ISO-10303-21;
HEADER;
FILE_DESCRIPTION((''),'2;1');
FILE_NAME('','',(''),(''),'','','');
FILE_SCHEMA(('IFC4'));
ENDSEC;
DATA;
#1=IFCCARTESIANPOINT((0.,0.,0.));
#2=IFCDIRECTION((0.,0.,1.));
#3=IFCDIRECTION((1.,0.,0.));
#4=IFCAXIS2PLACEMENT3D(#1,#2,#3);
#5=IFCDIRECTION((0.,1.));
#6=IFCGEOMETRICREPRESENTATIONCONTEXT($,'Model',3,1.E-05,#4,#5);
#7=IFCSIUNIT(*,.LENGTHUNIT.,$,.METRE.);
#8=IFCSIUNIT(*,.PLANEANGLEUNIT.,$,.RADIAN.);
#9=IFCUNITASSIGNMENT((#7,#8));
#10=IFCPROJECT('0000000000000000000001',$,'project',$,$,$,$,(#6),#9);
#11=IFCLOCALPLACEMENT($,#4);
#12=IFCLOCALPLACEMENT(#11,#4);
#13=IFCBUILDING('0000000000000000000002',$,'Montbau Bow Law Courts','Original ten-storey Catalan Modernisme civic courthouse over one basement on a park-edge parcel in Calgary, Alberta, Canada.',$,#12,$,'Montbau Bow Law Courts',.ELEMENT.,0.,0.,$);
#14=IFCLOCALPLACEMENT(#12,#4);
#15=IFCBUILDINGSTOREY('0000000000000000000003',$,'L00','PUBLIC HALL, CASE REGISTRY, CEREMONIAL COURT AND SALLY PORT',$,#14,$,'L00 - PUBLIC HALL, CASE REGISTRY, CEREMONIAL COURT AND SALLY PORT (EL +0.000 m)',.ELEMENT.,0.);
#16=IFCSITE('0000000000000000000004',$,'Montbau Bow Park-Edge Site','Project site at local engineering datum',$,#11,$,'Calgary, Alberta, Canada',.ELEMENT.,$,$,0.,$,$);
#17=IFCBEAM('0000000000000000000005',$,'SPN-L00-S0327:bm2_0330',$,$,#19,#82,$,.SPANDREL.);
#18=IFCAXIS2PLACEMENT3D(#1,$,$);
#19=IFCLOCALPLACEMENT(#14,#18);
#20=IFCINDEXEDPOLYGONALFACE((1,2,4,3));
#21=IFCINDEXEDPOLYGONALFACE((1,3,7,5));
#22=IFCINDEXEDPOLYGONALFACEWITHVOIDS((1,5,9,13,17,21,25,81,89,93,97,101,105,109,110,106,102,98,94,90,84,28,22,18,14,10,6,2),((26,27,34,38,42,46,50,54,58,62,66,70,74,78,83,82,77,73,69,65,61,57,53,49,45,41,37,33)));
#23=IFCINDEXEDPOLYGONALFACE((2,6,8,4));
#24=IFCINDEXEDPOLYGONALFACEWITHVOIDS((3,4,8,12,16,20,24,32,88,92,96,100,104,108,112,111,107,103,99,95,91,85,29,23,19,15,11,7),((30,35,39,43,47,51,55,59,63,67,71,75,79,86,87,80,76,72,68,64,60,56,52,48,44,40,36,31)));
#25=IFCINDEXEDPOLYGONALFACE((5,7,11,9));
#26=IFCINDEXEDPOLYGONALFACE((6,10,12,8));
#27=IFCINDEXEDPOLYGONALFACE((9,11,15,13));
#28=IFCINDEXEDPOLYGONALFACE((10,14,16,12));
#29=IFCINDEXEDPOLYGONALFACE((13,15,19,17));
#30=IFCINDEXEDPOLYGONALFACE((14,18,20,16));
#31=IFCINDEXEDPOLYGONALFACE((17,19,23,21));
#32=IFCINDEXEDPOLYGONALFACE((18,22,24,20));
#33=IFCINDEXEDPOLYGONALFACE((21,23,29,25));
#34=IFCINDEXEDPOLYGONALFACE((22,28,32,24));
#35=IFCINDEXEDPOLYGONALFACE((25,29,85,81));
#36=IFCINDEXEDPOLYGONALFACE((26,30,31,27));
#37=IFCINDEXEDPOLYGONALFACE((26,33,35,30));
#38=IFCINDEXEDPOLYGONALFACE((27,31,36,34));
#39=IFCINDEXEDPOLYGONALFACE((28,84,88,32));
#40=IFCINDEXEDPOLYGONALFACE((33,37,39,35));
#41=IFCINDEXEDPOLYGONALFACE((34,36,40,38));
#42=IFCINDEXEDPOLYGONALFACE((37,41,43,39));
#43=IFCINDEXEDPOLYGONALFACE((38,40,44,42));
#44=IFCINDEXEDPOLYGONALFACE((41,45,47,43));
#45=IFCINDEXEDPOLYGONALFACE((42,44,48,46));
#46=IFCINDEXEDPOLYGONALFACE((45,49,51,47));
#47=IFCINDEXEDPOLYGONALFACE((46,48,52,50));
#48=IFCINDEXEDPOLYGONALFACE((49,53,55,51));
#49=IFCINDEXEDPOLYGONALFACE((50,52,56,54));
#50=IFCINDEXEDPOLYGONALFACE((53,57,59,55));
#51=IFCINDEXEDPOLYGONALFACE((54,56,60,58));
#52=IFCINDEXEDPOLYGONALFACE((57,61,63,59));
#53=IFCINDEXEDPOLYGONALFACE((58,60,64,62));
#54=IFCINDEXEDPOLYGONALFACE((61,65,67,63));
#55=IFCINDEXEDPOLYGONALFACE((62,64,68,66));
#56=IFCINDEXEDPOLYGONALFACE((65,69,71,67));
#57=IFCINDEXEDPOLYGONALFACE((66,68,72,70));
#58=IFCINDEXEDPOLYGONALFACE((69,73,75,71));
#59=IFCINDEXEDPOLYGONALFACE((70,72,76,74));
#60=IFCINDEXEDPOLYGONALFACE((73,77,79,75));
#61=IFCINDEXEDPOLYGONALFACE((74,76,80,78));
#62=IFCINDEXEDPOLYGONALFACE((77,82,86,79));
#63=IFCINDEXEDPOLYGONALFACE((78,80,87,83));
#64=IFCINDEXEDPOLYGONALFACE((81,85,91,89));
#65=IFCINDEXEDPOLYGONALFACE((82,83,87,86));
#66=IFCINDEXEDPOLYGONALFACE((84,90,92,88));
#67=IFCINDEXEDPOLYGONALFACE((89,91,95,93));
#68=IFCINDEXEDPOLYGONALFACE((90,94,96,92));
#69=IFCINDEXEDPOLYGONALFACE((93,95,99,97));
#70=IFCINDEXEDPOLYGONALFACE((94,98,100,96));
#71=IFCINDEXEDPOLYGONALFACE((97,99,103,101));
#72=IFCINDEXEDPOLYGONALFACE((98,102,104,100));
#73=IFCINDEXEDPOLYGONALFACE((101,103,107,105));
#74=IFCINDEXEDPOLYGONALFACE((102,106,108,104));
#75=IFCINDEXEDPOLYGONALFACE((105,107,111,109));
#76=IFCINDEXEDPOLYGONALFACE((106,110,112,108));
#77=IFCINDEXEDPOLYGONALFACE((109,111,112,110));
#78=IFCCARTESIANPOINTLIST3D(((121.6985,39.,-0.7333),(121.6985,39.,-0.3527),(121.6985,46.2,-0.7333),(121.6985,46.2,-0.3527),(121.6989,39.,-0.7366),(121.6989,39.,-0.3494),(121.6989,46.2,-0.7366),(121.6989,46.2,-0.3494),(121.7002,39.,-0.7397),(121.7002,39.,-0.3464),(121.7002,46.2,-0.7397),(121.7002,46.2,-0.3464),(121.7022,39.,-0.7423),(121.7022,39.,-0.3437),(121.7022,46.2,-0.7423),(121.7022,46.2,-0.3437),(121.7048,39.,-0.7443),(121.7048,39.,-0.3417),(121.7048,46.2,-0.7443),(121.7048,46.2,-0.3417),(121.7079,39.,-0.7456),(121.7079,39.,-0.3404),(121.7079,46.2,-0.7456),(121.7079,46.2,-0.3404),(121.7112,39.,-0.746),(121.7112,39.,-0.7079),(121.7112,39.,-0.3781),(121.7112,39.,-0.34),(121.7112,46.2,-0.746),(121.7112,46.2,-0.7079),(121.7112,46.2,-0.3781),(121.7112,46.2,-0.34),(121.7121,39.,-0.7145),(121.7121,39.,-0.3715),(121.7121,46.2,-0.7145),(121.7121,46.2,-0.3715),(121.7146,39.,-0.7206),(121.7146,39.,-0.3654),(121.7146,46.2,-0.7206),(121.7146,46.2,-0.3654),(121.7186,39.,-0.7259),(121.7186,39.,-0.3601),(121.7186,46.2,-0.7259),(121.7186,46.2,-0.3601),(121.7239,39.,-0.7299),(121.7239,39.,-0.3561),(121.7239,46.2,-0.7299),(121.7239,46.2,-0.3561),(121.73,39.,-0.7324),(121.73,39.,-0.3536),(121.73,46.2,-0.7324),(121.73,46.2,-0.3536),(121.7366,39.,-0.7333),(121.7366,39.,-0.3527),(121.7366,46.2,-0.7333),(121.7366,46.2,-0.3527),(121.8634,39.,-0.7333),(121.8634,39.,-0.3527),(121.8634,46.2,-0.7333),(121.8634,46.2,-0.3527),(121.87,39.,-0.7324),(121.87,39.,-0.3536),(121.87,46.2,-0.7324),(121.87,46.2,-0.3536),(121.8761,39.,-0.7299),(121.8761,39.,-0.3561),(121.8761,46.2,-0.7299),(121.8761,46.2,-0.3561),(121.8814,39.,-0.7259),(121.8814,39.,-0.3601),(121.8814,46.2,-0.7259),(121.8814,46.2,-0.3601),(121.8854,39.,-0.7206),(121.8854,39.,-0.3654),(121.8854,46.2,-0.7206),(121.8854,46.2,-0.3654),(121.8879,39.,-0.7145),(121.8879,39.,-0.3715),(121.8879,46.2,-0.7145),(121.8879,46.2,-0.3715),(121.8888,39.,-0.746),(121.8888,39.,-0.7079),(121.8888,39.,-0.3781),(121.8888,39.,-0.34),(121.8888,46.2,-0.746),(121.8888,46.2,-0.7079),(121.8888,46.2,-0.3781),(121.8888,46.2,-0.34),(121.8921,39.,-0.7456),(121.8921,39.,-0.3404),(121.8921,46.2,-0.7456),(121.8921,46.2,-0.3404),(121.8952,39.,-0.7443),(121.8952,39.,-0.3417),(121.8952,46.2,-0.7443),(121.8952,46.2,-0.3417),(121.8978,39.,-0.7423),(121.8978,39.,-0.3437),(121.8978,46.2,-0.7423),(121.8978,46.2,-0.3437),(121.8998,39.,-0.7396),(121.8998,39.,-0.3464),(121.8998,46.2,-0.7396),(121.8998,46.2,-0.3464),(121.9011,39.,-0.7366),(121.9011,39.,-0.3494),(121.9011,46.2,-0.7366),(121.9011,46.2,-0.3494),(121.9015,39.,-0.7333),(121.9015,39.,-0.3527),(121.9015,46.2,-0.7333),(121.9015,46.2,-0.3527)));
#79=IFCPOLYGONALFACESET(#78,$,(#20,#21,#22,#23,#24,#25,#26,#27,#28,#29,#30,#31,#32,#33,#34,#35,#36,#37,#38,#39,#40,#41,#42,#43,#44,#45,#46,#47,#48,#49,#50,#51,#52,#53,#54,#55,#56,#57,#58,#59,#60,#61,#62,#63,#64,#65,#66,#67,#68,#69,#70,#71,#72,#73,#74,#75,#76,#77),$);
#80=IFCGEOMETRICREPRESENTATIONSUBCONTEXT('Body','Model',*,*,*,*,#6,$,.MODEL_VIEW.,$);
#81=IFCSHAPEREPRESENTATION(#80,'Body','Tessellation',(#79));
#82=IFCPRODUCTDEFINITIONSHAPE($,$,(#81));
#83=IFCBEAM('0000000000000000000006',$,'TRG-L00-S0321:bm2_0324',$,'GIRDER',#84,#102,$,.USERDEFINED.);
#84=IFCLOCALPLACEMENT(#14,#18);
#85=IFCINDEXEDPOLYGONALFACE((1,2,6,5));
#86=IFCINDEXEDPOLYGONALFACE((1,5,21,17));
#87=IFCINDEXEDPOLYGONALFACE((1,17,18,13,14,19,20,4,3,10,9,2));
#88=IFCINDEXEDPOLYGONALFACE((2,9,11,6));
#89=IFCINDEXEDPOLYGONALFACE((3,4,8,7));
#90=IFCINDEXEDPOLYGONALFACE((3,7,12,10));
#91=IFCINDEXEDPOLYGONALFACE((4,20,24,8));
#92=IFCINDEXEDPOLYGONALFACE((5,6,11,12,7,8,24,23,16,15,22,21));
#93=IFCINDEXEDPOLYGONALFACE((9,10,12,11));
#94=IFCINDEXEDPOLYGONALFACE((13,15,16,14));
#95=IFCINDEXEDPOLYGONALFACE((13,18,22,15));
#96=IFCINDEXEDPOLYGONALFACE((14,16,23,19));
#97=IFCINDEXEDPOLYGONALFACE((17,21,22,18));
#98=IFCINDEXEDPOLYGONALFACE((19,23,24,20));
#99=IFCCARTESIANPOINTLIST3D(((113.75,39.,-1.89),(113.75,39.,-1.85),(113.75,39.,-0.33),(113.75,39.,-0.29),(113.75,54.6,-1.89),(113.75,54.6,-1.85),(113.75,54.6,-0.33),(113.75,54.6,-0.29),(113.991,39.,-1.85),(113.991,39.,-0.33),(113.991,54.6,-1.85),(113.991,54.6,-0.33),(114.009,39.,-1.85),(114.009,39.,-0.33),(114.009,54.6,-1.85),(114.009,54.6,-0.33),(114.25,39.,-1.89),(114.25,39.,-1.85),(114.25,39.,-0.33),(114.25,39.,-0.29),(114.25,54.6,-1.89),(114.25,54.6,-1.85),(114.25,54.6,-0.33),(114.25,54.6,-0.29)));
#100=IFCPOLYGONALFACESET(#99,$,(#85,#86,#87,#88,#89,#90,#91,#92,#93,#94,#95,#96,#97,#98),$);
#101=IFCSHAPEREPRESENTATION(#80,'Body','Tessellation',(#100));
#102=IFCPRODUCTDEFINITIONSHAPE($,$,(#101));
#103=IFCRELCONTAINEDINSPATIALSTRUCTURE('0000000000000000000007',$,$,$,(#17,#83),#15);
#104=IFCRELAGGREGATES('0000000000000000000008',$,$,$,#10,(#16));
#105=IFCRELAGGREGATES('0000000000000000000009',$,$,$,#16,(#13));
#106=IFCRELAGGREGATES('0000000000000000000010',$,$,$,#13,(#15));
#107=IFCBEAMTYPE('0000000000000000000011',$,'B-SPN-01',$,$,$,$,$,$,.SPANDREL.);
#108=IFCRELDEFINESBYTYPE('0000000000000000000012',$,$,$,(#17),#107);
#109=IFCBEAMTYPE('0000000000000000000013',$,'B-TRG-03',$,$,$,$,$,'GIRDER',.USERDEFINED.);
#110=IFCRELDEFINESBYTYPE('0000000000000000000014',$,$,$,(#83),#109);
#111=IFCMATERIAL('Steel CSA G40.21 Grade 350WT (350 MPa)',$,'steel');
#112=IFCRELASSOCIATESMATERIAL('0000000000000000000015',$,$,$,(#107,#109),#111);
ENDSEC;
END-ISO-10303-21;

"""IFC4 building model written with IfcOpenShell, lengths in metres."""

from ifc_helpers import new_model, si_unit, direction, frame, origin_with_axes, origin_2d_with_axis, place, context, subcontext, project, spatial, hollow_rectangle, i_section, extrude, material, material_profile, profile_set, type_object, element, save


model = new_model("IFC4")

# Units and contexts
model_context = context("Model", 3, precision=1e-05, world=origin_with_axes(), true_north=direction((0.0, 1.0)))
body_context = subcontext(model_context, "Body", "Model", "MODEL_VIEW")
ifc_project = project(units=[si_unit("LENGTHUNIT", "METRE"), si_unit("PLANEANGLEUNIT", "RADIAN")], contexts=[model_context])

# Site, building, storey
site_placement = place(None, origin_with_axes())
site = spatial("IfcSite", under=ifc_project, at=site_placement, Name="Montbau Bow Park-Edge Site", Description="Project site at local engineering datum", LongName="Calgary, Alberta, Canada", CompositionType="ELEMENT", RefElevation=0.0)
building_placement = place(site_placement, origin_with_axes())
building = spatial("IfcBuilding", under=site, at=building_placement, Name="Montbau Bow Law Courts", Description="Original ten-storey Catalan Modernisme civic courthouse over one basement on a park-edge parcel in Calgary, Alberta, Canada.", LongName="Montbau Bow Law Courts", CompositionType="ELEMENT", ElevationOfRefHeight=0.0, ElevationOfTerrain=0.0)
storey_placement = place(building_placement, origin_with_axes())
storey = spatial("IfcBuildingStorey", under=building, at=storey_placement, Name="L00", Description="PUBLIC HALL, CASE REGISTRY, CEREMONIAL COURT AND SALLY PORT", LongName="L00 - PUBLIC HALL, CASE REGISTRY, CEREMONIAL COURT AND SALLY PORT (EL +0.000 m)", CompositionType="ELEMENT", Elevation=0.0)

# Beams
ifc_material_1 = material(Name="Steel CSA G40.21 Grade 350WT (350 MPa)", Category="steel")
ifc_material_profile_1 = material_profile(ifc_material_1, hollow_rectangle(XDim=0.203, YDim=0.406, WallThickness=0.0127, InnerFilletRadius=0.0254, OuterFilletRadius=0.0127, at=origin_2d_with_axis()), Name="HSS406X203X13", Category="Main", Priority=0)
ifc_profile_set_1 = profile_set([ifc_material_profile_1], Name="Steel CSA G40.21 Grade 350WT (350 MPa)")
beam_type_1 = type_object("IfcBeamType", Name="B-SPN-01", PredefinedType="SPANDREL", material=ifc_profile_set_1)
beam_1_placement = place(None, frame((121.8, 39.0, -0.543), z_axis=(0.0, 1.0, 0.0), x_axis=(-1.0, 0.0, 0.0)))
element("IfcBeam", 1, at=beam_1_placement, inside=storey, type_object=beam_type_1, Name="SPN-L00-S0327:bm2_0330", PredefinedType="SPANDREL", context=body_context, shape_type="SweptSolid", body=[
    extrude(hollow_rectangle(XDim=0.203, YDim=0.406, WallThickness=0.0127, InnerFilletRadius=0.0254, OuterFilletRadius=0.0127, at=origin_2d_with_axis()), origin_with_axes(), (0.0, 0.0, 1.0), 7.2),
])
ifc_material_profile_2 = material_profile(ifc_material_1, i_section(OverallWidth=0.5, OverallDepth=1.6, WebThickness=0.018, FlangeThickness=0.04, at=origin_2d_with_axis()), Name="WWF1600X430", Category="Main", Priority=0)
ifc_profile_set_2 = profile_set([ifc_material_profile_2], Name="Steel CSA G40.21 Grade 350WT (350 MPa)")
beam_type_2 = type_object("IfcBeamType", Name="B-TRG-03", ElementType="GIRDER", PredefinedType="USERDEFINED", material=ifc_profile_set_2)
beam_2_placement = place(None, frame((114.0, 39.0, -1.09), z_axis=(0.0, 1.0, 0.0), x_axis=(-1.0, 0.0, 0.0)))
element("IfcBeam", 2, at=beam_2_placement, inside=storey, type_object=beam_type_2, Name="TRG-L00-S0321:bm2_0324", ObjectType="GIRDER", PredefinedType="USERDEFINED", context=body_context, shape_type="SweptSolid", body=[
    extrude(i_section(OverallWidth=0.5, OverallDepth=1.6, WebThickness=0.018, FlangeThickness=0.04, at=origin_2d_with_axis()), origin_with_axes(), (0.0, 0.0, 1.0), 15.6),
])

save(model, "model.ifc")
